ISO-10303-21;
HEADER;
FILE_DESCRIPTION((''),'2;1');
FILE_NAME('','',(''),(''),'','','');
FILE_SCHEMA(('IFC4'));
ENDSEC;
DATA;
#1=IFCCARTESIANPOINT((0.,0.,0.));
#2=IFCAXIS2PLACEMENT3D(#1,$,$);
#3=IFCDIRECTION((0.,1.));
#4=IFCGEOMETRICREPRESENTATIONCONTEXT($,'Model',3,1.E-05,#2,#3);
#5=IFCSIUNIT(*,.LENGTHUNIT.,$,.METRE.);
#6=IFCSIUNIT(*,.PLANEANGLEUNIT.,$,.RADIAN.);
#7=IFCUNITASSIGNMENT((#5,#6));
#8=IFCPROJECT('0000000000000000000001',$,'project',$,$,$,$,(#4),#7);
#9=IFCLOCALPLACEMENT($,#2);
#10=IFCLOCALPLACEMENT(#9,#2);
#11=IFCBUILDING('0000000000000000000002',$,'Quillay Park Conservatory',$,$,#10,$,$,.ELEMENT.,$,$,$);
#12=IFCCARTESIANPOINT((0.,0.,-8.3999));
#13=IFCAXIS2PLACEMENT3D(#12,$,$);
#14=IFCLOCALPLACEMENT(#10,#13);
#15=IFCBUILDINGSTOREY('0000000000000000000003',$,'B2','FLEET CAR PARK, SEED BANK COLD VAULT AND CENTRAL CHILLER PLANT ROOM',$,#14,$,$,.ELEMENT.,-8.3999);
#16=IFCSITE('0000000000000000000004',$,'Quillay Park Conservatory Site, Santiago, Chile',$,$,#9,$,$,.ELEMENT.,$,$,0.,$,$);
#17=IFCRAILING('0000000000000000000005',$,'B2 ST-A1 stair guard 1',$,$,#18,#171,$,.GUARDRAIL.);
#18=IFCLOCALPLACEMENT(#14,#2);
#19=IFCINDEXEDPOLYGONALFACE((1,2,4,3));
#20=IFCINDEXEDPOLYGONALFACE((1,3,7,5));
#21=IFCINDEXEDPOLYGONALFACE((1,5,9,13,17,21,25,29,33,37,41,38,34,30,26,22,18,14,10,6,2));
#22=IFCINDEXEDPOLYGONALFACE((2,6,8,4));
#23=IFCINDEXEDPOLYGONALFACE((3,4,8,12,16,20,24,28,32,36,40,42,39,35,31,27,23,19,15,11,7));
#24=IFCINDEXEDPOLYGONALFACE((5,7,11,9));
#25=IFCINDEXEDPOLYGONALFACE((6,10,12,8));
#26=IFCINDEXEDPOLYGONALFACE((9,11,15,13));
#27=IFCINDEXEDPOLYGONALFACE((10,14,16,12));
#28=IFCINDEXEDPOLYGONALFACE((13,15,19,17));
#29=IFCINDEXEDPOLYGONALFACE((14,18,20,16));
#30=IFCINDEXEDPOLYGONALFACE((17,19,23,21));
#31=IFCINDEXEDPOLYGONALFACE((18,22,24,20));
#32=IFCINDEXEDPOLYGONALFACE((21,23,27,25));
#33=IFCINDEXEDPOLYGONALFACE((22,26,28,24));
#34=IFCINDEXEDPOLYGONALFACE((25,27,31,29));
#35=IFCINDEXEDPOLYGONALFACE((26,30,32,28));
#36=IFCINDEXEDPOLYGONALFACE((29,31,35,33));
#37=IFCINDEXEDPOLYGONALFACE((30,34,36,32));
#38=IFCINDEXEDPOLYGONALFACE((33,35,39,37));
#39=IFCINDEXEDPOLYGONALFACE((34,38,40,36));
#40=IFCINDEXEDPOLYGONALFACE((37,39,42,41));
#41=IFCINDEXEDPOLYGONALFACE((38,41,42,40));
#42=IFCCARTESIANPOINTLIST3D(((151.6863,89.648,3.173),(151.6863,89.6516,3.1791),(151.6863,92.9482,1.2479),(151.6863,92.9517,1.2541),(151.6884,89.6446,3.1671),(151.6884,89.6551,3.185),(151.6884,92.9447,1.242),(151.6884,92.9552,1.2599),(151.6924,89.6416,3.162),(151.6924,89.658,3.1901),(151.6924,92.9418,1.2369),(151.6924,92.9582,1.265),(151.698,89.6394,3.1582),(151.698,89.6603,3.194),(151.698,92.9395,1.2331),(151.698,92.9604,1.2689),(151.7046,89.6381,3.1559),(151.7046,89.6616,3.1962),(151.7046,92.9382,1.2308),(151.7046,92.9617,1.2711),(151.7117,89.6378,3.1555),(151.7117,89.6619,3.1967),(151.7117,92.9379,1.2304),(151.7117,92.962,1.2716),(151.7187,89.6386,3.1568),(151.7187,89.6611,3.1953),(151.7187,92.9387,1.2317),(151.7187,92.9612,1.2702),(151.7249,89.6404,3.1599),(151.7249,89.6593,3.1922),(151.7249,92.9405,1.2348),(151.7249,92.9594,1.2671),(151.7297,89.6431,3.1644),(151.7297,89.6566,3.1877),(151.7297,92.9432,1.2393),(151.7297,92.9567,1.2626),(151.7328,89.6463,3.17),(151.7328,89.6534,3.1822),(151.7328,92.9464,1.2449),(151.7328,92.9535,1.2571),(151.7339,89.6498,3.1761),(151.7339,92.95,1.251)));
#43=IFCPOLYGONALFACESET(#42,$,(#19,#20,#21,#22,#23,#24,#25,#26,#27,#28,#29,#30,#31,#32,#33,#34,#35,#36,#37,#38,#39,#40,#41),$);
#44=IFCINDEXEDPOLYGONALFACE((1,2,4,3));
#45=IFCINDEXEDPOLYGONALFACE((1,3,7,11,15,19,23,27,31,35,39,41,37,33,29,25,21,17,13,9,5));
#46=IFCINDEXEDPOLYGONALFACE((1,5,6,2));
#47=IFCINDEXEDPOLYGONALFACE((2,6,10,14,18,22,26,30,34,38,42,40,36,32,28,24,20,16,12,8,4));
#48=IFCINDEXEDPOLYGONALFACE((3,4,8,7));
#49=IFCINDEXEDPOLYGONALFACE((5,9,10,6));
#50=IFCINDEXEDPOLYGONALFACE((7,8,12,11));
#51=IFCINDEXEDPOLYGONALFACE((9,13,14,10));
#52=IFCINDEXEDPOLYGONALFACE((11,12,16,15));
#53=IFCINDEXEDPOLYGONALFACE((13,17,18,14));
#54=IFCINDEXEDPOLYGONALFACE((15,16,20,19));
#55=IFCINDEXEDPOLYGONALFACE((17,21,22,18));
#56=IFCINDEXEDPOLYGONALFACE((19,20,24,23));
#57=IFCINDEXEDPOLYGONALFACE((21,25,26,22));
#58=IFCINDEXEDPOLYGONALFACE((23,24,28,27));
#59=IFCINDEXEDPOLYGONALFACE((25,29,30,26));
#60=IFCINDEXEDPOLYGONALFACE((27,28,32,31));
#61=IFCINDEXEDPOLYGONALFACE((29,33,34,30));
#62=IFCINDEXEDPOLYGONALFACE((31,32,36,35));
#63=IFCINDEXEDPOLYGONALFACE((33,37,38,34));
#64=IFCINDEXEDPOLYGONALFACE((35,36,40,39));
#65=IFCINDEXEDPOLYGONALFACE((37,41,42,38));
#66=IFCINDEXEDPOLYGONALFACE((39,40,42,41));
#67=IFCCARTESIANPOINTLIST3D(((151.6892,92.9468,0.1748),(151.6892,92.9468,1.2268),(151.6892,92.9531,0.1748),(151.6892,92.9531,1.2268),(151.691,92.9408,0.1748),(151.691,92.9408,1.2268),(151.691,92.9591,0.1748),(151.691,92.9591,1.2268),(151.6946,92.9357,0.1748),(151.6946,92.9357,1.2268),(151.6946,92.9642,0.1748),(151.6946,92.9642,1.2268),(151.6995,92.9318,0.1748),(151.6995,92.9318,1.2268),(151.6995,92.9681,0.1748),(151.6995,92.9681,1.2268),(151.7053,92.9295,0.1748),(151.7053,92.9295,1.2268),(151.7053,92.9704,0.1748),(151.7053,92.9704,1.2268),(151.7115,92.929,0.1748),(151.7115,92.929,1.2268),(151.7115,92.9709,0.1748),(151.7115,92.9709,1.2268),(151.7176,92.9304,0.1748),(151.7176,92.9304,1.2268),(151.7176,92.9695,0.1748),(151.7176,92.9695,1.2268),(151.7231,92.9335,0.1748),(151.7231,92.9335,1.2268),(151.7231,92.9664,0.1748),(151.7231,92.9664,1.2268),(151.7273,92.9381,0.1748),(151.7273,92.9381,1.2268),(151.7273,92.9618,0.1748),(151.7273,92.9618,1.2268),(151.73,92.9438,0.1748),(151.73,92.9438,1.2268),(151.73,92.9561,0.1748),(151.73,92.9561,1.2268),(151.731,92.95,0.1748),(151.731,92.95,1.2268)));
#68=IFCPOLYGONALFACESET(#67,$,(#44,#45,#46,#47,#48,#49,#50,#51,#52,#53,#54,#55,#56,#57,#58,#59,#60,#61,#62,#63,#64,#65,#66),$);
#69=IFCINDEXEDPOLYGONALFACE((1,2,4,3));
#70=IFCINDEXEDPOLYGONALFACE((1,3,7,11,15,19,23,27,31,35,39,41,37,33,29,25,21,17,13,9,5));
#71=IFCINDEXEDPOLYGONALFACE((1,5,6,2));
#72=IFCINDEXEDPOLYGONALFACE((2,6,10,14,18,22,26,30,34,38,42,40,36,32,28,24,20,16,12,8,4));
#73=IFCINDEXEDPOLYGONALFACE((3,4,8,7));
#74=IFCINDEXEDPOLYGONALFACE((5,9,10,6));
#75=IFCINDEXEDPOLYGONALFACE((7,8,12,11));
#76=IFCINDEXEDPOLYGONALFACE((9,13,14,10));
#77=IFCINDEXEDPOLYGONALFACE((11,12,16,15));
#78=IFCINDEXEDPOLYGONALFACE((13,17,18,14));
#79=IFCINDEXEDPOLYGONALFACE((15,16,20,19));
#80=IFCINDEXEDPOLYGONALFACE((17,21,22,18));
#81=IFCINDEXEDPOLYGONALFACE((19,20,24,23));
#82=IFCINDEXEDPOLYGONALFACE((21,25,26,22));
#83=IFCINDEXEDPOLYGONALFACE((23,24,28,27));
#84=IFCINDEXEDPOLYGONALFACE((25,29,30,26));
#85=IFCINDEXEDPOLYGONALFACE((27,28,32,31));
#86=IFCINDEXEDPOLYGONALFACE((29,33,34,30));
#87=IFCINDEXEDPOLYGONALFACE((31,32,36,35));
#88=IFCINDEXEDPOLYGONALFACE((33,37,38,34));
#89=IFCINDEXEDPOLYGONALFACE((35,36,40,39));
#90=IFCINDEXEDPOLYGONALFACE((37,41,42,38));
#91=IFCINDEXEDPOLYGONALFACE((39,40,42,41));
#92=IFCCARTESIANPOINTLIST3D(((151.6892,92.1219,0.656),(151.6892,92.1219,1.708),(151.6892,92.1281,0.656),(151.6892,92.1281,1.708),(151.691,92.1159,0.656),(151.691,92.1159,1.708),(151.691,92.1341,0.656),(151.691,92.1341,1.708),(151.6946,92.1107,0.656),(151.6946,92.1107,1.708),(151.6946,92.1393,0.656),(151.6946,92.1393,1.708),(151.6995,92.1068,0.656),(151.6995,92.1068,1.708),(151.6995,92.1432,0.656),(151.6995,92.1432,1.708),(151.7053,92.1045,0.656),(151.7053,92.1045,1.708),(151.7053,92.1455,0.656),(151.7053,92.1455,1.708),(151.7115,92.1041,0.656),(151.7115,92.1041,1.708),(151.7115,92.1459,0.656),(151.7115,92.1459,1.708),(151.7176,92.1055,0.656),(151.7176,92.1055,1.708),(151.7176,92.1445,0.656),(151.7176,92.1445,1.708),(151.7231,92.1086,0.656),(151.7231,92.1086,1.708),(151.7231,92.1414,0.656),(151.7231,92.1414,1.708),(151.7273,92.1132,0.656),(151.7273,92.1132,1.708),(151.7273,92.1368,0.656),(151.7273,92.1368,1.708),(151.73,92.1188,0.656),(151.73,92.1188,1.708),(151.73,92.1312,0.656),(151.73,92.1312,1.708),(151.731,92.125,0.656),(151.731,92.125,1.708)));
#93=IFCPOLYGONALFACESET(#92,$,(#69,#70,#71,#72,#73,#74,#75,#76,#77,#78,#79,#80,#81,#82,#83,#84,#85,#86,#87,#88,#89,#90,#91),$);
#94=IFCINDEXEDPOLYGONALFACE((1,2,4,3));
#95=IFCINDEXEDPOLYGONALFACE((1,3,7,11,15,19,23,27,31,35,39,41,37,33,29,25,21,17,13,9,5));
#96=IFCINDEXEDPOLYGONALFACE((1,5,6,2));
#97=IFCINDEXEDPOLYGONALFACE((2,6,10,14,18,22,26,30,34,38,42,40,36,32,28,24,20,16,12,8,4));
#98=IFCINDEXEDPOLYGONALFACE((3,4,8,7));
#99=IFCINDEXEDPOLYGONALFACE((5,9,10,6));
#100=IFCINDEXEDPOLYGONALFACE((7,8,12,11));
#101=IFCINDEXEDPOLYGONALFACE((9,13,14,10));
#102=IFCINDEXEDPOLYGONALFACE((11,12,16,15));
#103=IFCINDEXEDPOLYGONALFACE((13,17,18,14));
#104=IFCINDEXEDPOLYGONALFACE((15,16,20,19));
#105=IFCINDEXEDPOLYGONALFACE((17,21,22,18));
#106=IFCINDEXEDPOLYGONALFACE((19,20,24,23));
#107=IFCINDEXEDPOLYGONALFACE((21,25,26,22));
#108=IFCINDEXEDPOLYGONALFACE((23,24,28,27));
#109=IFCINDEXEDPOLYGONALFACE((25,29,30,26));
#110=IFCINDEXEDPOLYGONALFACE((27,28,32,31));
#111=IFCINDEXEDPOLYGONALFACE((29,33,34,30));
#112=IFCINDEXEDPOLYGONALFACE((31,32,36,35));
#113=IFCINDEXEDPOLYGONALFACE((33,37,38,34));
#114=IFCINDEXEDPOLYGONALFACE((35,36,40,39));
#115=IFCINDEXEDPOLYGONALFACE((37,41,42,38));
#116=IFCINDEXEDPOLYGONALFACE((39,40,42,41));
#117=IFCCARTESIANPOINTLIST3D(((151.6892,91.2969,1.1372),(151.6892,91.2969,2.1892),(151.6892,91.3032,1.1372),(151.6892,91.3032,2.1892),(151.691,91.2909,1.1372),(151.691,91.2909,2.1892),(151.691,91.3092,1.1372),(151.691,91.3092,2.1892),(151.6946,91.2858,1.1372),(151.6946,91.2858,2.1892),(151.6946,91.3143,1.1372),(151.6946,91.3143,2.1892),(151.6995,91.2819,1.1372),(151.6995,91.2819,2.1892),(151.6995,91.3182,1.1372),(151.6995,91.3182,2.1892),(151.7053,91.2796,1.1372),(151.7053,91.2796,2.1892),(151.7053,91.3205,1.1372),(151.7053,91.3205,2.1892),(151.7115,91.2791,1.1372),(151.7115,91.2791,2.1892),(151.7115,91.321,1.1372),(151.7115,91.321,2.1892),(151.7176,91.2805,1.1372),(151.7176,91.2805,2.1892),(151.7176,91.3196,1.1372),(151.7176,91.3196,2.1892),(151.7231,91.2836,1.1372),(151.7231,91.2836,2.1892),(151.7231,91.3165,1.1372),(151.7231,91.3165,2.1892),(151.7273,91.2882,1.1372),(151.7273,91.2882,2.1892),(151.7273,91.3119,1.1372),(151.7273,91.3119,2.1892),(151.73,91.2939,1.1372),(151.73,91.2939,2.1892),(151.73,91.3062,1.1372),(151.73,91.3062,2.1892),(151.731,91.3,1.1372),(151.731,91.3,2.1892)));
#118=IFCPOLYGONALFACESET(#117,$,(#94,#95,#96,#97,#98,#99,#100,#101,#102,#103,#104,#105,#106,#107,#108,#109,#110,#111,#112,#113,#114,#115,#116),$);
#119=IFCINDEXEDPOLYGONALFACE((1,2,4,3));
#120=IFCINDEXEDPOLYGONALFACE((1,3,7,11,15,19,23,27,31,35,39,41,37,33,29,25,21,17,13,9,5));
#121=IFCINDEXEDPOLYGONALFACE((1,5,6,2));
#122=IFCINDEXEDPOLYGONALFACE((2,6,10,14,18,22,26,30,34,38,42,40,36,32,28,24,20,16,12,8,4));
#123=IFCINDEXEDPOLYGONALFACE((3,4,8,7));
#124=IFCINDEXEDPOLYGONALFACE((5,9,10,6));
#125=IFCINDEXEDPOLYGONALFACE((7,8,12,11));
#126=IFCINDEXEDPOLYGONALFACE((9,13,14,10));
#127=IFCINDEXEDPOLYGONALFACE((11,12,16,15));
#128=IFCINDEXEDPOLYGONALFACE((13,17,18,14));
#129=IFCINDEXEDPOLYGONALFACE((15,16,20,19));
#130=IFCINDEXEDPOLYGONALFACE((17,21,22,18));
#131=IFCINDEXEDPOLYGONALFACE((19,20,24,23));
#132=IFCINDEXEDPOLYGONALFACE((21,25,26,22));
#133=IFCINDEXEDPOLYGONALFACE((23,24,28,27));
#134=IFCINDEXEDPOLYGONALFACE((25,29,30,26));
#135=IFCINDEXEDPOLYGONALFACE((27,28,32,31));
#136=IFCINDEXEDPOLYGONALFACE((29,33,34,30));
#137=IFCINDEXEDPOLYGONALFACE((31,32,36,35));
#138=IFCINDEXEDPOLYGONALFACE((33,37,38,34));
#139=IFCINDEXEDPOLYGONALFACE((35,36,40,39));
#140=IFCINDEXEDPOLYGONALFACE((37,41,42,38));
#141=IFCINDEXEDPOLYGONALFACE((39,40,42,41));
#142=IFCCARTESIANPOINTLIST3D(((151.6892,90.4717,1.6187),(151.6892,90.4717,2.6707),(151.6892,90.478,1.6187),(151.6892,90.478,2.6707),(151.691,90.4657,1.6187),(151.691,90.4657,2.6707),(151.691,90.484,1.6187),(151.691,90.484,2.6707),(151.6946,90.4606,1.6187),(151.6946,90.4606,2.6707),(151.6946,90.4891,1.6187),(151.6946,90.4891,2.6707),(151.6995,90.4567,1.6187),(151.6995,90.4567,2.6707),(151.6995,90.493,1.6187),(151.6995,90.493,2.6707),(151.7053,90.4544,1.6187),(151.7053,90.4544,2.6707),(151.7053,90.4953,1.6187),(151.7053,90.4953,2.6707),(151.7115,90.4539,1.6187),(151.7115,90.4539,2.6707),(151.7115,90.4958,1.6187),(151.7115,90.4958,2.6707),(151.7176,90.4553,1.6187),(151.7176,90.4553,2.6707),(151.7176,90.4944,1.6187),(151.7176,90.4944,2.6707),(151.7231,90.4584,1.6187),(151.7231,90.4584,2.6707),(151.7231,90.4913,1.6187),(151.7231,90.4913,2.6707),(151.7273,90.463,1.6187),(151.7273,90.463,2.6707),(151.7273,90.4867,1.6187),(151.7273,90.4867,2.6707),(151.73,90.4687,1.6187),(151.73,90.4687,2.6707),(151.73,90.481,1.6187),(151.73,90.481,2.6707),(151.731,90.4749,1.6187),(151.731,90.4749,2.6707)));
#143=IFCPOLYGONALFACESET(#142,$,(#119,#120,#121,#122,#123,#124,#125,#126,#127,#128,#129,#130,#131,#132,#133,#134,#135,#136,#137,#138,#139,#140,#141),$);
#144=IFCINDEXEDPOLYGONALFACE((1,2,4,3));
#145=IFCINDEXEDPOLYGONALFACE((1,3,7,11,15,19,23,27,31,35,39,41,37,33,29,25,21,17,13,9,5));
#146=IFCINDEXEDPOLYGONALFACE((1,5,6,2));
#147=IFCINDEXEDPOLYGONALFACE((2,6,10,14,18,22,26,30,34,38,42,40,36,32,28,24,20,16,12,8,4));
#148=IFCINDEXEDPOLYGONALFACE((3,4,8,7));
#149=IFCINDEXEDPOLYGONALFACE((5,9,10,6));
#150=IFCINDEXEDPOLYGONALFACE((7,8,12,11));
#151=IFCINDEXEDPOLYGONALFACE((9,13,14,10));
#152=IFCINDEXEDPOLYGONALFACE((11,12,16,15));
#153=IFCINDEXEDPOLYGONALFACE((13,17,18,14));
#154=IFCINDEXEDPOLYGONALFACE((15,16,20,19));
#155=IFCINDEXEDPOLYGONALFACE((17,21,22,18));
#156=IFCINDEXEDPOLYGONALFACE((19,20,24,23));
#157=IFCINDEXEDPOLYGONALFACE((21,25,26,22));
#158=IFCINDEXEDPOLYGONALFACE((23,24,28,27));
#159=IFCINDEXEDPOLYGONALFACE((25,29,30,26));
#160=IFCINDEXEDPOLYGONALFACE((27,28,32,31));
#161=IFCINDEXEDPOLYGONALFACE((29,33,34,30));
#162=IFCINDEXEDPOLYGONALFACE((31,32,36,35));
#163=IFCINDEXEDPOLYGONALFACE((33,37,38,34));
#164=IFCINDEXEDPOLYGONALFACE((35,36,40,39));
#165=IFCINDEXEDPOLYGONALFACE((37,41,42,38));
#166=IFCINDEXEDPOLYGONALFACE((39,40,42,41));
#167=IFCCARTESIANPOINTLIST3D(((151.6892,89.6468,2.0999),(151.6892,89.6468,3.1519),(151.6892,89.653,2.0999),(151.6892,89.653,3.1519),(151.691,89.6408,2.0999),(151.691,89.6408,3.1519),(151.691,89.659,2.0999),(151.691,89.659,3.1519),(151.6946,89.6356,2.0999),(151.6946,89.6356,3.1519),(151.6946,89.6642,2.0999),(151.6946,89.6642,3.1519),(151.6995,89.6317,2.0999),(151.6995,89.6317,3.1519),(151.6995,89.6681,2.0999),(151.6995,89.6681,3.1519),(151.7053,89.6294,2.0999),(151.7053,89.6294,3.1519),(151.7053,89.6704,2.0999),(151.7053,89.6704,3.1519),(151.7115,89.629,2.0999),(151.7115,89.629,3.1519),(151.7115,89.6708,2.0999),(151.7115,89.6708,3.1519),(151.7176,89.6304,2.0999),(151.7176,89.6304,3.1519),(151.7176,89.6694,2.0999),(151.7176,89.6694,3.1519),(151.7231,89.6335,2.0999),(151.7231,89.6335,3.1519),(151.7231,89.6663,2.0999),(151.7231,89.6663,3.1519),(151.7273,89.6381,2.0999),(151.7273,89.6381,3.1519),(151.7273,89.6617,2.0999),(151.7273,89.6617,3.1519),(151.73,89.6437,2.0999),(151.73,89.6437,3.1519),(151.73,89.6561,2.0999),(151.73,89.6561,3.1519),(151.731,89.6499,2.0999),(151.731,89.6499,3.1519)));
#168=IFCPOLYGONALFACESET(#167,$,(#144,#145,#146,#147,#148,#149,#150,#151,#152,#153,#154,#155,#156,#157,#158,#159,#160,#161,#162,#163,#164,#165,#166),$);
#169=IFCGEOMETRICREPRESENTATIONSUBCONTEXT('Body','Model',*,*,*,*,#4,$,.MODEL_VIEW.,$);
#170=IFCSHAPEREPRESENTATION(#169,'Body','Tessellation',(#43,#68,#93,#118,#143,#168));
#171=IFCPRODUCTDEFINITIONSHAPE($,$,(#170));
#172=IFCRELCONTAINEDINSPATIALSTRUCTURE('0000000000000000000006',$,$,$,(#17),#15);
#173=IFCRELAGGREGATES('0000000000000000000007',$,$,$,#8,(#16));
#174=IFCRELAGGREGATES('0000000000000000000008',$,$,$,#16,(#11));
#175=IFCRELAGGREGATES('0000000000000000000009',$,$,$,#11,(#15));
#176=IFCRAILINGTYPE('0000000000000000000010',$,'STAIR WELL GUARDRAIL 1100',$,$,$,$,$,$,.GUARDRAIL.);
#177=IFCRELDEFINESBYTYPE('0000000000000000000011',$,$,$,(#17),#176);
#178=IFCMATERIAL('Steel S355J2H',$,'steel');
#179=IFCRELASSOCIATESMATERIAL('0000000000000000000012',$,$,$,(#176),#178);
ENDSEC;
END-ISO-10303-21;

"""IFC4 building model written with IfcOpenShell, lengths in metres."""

from ifc_helpers import new_model, si_unit, direction, frame, origin, origin_2d, place, context, subcontext, project, spatial, circle, extrude, material, type_object, element, save


model = new_model("IFC4")

# Units and contexts
model_context = context("Model", 3, precision=1e-05, world=origin(), true_north=direction((0.0, 1.0)))
body_context = subcontext(model_context, "Body", "Model", "MODEL_VIEW")
ifc_project = project(units=[si_unit("LENGTHUNIT", "METRE"), si_unit("PLANEANGLEUNIT", "RADIAN")], contexts=[model_context])

# Site, building, storey
site_placement = place(None, origin())
site = spatial("IfcSite", under=ifc_project, at=site_placement, Name="Quillay Park Conservatory Site, Santiago, Chile", CompositionType="ELEMENT", RefElevation=0.0)
building_placement = place(site_placement, origin())
building = spatial("IfcBuilding", under=site, at=building_placement, Name="Quillay Park Conservatory", CompositionType="ELEMENT")
storey_placement = place(building_placement, frame((0.0, 0.0, -8.3999)))
storey = spatial("IfcBuildingStorey", under=building, at=storey_placement, Name="B2", Description="FLEET CAR PARK, SEED BANK COLD VAULT AND CENTRAL CHILLER PLANT ROOM", CompositionType="ELEMENT", Elevation=-8.3999)

# Railing
ifc_material_1 = material(Name="Steel S355J2H", Category="steel")
railing_type_1 = type_object("IfcRailingType", Name="STAIR WELL GUARDRAIL 1100", PredefinedType="GUARDRAIL", material=ifc_material_1)
railing_1_placement = place(storey_placement, frame((151.71, 92.95, 0.1748)))
element("IfcRailing", 1, at=railing_1_placement, inside=storey, type_object=railing_type_1, Name="B2 ST-A1 stair guard 1", PredefinedType="GUARDRAIL", context=body_context, shape_type="SweptSolid", body=[
    extrude(circle(Radius=0.0239, at=origin_2d()), frame((0.0, 0.0, 1.0762), z_axis=(0.0, -0.863777, 0.503875), x_axis=(1.0, 0.0, 0.0)), (0.0, 0.0, 1.0), 3.8206),
    extrude(circle(Radius=0.021, at=origin_2d()), origin(), (0.0, 0.0, 1.0), 1.052),
    extrude(circle(Radius=0.021, at=origin_2d()), frame((0.0, -0.825, 0.4812)), (0.0, 0.0, 1.0), 1.052),
    extrude(circle(Radius=0.021, at=origin_2d()), frame((0.0, -1.6499, 0.9624)), (0.0, 0.0, 1.0), 1.052),
    extrude(circle(Radius=0.021, at=origin_2d()), frame((0.0, -2.4751, 1.4438)), (0.0, 0.0, 1.0), 1.052),
    extrude(circle(Radius=0.021, at=origin_2d()), frame((0.0, -3.3, 1.925)), (0.0, 0.0, 1.0), 1.052),
])

save(model, "model.ifc")
